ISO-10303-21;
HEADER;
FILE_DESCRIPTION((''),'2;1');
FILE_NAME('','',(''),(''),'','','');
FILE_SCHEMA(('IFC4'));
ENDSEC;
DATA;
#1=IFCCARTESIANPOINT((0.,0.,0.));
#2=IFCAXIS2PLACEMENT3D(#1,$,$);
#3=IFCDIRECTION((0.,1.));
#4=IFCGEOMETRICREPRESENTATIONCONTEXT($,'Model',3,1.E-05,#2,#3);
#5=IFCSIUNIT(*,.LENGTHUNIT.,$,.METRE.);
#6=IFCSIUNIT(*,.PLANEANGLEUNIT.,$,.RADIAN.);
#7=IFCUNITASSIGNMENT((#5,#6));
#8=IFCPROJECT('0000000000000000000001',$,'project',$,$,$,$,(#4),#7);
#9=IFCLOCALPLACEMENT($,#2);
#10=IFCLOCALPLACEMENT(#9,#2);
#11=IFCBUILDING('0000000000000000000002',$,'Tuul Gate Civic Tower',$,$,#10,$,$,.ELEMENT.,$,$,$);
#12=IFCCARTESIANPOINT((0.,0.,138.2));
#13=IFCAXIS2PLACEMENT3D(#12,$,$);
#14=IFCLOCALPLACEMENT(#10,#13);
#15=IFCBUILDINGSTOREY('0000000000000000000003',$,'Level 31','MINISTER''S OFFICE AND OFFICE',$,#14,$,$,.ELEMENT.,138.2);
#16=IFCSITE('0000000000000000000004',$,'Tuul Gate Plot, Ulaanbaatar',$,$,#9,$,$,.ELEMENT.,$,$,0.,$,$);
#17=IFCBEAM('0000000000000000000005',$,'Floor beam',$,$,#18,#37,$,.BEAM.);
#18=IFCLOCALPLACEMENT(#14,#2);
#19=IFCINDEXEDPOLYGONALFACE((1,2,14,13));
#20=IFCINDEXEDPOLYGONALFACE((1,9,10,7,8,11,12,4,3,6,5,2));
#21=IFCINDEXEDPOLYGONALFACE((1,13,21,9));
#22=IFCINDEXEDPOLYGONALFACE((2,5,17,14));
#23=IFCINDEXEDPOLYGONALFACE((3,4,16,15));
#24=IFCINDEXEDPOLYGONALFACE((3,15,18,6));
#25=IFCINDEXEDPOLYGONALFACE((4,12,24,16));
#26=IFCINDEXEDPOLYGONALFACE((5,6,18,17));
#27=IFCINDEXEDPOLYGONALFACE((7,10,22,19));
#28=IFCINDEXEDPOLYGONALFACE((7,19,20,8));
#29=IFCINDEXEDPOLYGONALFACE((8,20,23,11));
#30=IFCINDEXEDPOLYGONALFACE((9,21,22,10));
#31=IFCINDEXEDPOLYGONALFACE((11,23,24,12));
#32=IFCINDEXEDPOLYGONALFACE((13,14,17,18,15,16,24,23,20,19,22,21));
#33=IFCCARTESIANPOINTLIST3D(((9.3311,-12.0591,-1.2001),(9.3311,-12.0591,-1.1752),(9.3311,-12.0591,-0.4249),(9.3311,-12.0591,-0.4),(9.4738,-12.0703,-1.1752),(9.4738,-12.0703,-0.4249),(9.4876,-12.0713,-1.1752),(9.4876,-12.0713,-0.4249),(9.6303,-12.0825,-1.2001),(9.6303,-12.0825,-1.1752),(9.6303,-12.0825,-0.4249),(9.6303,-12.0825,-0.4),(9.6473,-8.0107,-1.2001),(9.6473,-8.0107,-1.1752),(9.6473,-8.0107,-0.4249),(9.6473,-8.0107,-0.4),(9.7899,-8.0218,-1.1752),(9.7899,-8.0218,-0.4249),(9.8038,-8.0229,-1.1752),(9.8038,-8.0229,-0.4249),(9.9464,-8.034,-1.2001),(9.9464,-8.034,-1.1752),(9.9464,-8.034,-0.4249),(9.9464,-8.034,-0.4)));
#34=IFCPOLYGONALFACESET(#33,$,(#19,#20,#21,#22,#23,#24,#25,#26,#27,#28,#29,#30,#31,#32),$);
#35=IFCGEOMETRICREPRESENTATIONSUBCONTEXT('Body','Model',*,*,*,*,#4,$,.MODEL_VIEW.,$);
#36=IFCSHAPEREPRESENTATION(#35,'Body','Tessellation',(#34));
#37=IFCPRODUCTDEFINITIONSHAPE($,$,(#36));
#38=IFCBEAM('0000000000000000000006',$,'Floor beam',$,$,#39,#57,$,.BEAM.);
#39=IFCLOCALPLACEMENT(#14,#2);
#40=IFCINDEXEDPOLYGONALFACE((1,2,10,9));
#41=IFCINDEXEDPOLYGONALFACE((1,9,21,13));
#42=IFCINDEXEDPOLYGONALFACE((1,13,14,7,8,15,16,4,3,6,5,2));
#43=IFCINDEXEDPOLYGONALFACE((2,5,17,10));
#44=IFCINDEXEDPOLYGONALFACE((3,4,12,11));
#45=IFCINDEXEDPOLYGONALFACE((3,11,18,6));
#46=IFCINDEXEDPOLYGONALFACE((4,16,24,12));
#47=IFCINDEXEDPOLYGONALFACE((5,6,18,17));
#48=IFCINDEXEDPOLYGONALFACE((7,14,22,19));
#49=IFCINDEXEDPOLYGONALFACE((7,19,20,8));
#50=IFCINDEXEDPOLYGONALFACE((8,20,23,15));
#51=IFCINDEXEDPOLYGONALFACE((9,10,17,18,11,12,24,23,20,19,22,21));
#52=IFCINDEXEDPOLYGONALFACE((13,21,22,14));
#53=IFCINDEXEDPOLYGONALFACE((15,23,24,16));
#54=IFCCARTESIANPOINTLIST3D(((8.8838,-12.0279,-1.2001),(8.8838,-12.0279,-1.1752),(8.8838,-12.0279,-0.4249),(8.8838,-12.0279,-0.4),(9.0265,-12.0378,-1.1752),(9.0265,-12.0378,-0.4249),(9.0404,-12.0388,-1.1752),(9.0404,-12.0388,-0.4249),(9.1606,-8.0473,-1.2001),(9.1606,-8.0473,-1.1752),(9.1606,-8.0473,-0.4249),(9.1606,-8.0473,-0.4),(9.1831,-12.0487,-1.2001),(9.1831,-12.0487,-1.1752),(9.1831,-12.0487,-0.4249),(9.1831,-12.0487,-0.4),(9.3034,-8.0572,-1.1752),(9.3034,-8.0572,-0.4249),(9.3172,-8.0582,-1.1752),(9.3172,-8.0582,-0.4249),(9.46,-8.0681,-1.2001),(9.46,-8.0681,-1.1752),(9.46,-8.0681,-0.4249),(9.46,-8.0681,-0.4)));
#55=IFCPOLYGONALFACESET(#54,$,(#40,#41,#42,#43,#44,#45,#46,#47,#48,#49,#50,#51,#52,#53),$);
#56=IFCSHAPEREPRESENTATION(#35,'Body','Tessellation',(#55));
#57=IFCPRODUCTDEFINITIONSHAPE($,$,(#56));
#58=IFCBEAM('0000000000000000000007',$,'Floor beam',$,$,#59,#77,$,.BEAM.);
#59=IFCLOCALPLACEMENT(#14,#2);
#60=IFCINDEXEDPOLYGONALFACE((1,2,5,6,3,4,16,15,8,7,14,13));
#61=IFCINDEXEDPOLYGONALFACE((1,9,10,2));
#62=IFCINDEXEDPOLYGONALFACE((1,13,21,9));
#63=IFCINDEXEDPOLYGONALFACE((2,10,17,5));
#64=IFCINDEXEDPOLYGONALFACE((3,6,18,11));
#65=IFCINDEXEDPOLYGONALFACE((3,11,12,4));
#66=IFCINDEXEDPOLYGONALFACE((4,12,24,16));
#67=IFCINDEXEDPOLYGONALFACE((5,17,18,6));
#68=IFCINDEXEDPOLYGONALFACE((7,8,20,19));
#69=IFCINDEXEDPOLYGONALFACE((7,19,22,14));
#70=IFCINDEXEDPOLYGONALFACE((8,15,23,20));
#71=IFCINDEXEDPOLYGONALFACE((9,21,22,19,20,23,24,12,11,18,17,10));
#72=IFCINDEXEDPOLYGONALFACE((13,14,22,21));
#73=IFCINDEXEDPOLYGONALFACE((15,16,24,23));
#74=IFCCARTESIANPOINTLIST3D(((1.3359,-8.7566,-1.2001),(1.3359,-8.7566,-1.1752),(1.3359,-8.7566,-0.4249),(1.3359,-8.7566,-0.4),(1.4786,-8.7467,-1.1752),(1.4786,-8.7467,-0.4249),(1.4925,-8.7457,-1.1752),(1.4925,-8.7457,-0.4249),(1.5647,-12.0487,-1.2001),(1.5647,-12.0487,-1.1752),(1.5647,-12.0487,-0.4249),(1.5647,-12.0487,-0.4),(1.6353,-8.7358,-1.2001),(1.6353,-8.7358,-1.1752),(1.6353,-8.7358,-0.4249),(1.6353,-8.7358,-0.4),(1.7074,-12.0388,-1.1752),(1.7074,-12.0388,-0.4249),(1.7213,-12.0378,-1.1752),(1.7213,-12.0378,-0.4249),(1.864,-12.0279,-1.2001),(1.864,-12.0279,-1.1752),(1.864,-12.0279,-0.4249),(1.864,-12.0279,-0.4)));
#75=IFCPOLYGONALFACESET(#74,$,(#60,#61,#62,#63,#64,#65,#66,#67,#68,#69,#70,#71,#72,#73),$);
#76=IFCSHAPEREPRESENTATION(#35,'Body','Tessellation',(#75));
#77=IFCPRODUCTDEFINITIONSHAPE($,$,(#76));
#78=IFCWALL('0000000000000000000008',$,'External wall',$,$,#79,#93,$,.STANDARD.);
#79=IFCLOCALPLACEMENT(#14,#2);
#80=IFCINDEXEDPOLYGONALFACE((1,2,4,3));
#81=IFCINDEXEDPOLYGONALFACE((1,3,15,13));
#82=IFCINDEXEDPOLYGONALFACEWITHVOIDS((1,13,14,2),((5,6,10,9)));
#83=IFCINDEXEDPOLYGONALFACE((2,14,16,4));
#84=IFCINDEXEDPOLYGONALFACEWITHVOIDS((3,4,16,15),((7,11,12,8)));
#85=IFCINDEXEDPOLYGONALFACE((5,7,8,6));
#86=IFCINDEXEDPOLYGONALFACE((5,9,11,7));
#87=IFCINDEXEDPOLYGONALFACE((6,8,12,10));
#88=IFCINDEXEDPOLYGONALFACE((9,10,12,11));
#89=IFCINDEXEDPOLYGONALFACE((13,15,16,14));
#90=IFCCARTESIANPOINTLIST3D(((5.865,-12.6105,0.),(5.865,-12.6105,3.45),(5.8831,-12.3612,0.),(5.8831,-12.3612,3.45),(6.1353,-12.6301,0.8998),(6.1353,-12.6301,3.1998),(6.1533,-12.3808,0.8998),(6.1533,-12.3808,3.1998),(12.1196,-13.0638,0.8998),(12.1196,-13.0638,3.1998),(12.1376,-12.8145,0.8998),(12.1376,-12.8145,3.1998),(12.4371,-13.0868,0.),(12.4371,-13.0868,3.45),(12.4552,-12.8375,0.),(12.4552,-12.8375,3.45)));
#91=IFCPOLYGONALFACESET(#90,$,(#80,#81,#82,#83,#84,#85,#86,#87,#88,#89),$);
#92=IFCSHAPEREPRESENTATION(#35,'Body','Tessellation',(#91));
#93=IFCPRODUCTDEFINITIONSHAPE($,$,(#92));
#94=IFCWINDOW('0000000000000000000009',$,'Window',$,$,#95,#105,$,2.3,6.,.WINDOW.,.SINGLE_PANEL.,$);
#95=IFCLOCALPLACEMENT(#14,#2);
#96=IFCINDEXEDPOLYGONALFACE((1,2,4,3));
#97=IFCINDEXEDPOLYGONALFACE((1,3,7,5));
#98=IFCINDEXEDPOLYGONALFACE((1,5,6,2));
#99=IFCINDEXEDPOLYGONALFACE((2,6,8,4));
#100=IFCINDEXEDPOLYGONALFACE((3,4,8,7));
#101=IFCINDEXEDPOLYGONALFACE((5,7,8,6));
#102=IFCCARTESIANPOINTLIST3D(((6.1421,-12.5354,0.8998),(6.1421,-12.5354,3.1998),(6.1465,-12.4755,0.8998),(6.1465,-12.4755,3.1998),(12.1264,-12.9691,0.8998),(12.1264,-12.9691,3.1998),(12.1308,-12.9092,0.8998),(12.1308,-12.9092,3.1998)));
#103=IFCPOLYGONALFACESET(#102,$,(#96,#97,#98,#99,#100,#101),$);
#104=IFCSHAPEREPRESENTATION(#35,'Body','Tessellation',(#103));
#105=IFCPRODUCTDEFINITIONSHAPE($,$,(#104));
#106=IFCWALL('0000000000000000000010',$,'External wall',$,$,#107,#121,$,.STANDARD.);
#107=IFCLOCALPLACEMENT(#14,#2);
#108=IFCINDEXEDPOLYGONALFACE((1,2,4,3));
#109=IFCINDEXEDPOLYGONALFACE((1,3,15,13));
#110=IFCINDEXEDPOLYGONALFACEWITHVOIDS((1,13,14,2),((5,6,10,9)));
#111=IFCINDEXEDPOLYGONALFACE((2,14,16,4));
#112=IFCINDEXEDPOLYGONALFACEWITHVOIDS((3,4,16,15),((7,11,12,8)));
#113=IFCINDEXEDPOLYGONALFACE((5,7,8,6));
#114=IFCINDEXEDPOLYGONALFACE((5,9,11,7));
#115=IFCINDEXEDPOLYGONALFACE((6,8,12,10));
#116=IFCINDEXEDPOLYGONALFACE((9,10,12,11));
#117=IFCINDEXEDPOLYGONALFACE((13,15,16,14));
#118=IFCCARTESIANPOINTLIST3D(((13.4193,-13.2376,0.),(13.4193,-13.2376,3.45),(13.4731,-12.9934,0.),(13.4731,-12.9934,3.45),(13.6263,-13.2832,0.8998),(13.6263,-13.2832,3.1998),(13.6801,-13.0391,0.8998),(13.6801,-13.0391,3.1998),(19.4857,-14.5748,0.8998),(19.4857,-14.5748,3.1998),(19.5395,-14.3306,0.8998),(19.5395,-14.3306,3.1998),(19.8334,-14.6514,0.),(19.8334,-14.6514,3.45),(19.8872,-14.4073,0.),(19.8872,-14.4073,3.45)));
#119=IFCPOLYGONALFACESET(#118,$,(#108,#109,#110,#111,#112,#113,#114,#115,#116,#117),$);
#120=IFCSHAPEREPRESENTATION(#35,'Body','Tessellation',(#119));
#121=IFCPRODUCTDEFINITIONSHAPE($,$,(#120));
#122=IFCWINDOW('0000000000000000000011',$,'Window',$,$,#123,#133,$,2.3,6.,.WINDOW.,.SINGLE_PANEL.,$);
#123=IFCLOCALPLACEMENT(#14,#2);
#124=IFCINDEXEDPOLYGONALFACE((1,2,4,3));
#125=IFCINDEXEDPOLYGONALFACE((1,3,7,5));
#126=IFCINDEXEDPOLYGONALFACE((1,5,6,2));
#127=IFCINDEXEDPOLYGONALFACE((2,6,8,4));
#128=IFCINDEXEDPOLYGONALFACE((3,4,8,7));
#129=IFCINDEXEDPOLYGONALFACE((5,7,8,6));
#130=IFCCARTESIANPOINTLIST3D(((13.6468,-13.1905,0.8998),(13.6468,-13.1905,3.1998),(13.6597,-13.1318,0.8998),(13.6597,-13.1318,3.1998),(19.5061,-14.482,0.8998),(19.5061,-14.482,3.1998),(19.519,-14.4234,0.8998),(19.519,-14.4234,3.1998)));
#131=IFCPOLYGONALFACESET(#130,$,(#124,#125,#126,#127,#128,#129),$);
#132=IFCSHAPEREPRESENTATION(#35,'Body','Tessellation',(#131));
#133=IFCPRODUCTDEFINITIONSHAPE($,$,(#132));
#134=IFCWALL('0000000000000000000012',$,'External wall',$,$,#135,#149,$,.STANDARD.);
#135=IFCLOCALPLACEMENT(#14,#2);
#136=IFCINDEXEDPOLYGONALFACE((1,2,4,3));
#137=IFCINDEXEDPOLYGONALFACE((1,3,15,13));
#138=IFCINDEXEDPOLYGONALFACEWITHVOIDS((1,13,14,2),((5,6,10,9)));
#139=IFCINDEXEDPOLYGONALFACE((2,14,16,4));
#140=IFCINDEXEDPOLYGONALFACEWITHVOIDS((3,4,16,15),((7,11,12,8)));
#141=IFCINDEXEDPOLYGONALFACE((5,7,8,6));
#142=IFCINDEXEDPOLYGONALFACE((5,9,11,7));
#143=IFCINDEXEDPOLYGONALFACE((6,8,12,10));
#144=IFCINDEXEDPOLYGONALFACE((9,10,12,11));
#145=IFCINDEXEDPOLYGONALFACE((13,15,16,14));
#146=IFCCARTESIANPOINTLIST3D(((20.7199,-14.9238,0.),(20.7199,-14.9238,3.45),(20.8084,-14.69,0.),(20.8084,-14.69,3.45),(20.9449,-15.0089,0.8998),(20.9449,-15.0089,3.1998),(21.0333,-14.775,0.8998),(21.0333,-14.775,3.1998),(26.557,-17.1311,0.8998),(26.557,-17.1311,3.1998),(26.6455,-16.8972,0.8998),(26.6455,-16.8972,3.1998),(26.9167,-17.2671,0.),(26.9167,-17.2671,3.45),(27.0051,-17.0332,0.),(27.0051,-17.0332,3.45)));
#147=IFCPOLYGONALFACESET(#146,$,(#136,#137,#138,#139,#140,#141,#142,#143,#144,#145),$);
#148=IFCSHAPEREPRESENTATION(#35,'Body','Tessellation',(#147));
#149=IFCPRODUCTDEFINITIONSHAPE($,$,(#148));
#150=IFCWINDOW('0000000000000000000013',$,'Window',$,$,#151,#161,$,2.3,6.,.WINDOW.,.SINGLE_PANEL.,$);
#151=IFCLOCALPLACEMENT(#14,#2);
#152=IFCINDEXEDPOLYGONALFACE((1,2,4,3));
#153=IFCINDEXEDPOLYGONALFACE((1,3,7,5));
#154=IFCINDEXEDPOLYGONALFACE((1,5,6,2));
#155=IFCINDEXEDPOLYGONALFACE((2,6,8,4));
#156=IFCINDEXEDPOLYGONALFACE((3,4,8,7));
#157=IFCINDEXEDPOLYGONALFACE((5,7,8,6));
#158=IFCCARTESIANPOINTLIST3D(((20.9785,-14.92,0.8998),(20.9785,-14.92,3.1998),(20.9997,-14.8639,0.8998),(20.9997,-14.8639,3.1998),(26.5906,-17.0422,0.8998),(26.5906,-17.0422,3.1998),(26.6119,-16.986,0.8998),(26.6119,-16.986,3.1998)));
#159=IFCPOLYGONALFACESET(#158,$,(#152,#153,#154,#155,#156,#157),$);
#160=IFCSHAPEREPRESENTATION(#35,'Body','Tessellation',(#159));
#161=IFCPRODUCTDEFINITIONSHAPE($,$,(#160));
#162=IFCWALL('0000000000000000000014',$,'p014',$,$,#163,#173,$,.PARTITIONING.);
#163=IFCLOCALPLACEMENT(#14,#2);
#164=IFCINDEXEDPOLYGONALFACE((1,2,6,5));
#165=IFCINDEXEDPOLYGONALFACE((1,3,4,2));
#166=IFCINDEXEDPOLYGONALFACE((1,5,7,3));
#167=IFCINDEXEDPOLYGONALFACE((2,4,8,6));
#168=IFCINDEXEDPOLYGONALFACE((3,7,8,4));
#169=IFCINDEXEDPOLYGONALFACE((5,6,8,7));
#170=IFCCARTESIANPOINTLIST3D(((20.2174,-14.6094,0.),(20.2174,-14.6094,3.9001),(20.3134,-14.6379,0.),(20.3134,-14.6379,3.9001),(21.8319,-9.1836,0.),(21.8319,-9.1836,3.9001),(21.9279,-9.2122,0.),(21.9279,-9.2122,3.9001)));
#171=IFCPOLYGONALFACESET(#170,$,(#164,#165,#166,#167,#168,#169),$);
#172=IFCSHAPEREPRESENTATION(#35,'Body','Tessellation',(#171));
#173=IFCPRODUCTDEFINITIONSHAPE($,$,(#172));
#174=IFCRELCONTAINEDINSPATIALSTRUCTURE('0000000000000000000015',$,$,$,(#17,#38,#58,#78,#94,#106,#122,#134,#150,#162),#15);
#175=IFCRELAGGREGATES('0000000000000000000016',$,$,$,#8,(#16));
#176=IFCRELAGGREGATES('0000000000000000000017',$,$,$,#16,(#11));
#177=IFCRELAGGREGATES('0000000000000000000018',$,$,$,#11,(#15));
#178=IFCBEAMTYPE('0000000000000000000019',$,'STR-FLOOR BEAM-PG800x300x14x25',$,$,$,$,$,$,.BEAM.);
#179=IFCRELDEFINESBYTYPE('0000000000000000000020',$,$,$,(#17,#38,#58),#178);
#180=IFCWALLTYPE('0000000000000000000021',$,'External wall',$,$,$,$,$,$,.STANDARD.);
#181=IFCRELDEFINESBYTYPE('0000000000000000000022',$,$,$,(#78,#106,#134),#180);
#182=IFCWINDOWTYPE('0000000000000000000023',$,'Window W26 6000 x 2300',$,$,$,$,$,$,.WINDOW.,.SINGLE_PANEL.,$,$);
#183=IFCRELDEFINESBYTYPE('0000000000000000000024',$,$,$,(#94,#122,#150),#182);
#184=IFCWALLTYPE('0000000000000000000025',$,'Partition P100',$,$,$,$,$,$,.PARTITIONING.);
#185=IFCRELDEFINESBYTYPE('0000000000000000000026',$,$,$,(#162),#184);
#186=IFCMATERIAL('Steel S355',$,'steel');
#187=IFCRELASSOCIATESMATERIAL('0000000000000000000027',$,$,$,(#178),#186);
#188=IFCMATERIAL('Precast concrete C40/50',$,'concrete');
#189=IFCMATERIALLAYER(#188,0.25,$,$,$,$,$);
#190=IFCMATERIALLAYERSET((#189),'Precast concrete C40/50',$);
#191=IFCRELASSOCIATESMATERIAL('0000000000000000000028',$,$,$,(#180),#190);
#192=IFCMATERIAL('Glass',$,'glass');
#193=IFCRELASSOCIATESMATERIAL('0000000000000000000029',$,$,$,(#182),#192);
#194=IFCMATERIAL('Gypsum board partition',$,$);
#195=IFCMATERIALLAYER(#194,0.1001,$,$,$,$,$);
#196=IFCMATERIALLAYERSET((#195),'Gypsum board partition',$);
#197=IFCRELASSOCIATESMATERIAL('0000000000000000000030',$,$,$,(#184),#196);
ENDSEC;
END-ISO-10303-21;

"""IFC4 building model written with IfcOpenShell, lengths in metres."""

from ifc_helpers import new_model, si_unit, direction, frame, frame_2d, origin, origin_2d, place, context, subcontext, project, spatial, rectangle, i_section, extrude, material, layer, layer_set, material_profile, profile_set, type_object, element, fill, save


model = new_model("IFC4")

# Units and contexts
model_context = context("Model", 3, precision=1e-05, world=origin(), true_north=direction((0.0, 1.0)))
body_context = subcontext(model_context, "Body", "Model", "MODEL_VIEW")
ifc_project = project(units=[si_unit("LENGTHUNIT", "METRE"), si_unit("PLANEANGLEUNIT", "RADIAN")], contexts=[model_context])

# Site, building, storey
site_placement = place(None, origin())
site = spatial("IfcSite", under=ifc_project, at=site_placement, Name="Tuul Gate Plot, Ulaanbaatar", CompositionType="ELEMENT", RefElevation=0.0)
building_placement = place(site_placement, origin())
building = spatial("IfcBuilding", under=site, at=building_placement, Name="Tuul Gate Civic Tower", CompositionType="ELEMENT")
storey_placement = place(building_placement, frame((0.0, 0.0, 138.2)))
storey = spatial("IfcBuildingStorey", under=building, at=storey_placement, Name="Level 31", Description="MINISTER'S OFFICE AND OFFICE", CompositionType="ELEMENT", Elevation=138.2)

# Beams
ifc_material_1 = material(Name="Steel S355", Category="steel")
ifc_material_profile_1 = material_profile(ifc_material_1, i_section(OverallWidth=0.3, OverallDepth=0.8, WebThickness=0.0139, FlangeThickness=0.0249, at=origin_2d()), Name="PG800x300x14x25")
ifc_profile_set_1 = profile_set([ifc_material_profile_1], Name="Steel S355")
beam_type_1 = type_object("IfcBeamType", Name="STR-FLOOR BEAM-PG800x300x14x25", PredefinedType="BEAM", material=ifc_profile_set_1)
beam_1_placement = place(storey_placement, frame((9.4807, -12.0708, -0.8), z_axis=(0.077855, 0.996965, 0.0), x_axis=(-0.996965, 0.077855, 0.0)))
element("IfcBeam", 1, at=beam_1_placement, inside=storey, type_object=beam_type_1, Name="Floor beam", PredefinedType="BEAM", context=body_context, shape_type="SweptSolid", body=[
    extrude(i_section(OverallWidth=0.3, OverallDepth=0.8, WebThickness=0.0139, FlangeThickness=0.0249, at=origin_2d()), origin(), (0.0, 0.0, 1.0), 4.0608),
])
beam_2_placement = place(storey_placement, frame((9.0334, -12.0383, -0.8), z_axis=(0.069382, 0.99759, 0.0), x_axis=(-0.99759, 0.069382, 0.0)))
element("IfcBeam", 2, at=beam_2_placement, inside=storey, type_object=beam_type_1, Name="Floor beam", PredefinedType="BEAM", context=body_context, shape_type="SweptSolid", body=[
    extrude(i_section(OverallWidth=0.3, OverallDepth=0.8, WebThickness=0.0139, FlangeThickness=0.0249, at=origin_2d()), origin(), (0.0, 0.0, 1.0), 3.9902),
])
beam_3_placement = place(storey_placement, frame((1.7144, -12.0383, -0.8), z_axis=(-0.069323, 0.997594, 0.0), x_axis=(-0.997594, -0.069323, 0.0)))
element("IfcBeam", 3, at=beam_3_placement, inside=storey, type_object=beam_type_1, Name="Floor beam", PredefinedType="BEAM", context=body_context, shape_type="SweptSolid", body=[
    extrude(i_section(OverallWidth=0.3, OverallDepth=0.8, WebThickness=0.0139, FlangeThickness=0.0249, at=origin_2d()), origin(), (0.0, 0.0, 1.0), 3.3),
])

# Walls, openings, windows
ifc_material_2 = material(Name="Precast concrete C40/50", Category="concrete")
ifc_layer_1 = layer(ifc_material_2, 0.25)
ifc_layer_set_1 = layer_set([ifc_layer_1], Name="Precast concrete C40/50")
wall_type_1 = type_object("IfcWallType", Name="External wall", PredefinedType="STANDARD", material=ifc_layer_set_1)
wall_1_placement = place(storey_placement, frame((5.874, -12.4858, 0.0), z_axis=(0.0, 0.0, 1.0), x_axis=(0.997384, -0.072287, 0.0)))
wall_1 = element("IfcWall", 4, at=wall_1_placement, inside=storey, type_object=wall_type_1, Name="External wall", PredefinedType="STANDARD", context=body_context, shape_type="SweptSolid", body=[
    extrude(rectangle(XDim=6.5894, YDim=0.25, at=frame_2d((3.2947, 0.0))), origin(), (0.0, 0.0, 1.0), 3.45),
])
opening_1_placement = place(wall_1_placement, frame((0.271, 0.0, 0.8999)))
opening_1 = element("IfcOpeningElement", 5, at=opening_1_placement, cuts=wall_1, PredefinedType="OPENING", context=body_context, shape_type="SweptSolid", body=[
    extrude(rectangle(XDim=6.0, YDim=2.3, at=frame_2d((3.0, 1.1499))), frame((0.0, 0.135, 0.0), z_axis=(0.0, -1.0, 0.0), x_axis=(1.0, 0.0, 0.0)), (0.0, 0.0, 1.0), 0.27),
])
ifc_material_3 = material(Name="Glass", Category="glass")
window_type = type_object("IfcWindowType", Name="Window W26 6000 x 2300", PartitioningType="SINGLE_PANEL", PredefinedType="WINDOW", material=ifc_material_3)
window_1_placement = place(opening_1_placement, origin())
window_1 = element("IfcWindow", 6, at=window_1_placement, inside=storey, type_object=window_type, Name="Window", OverallHeight=2.3, OverallWidth=6.0, PartitioningType="SINGLE_PANEL", PredefinedType="WINDOW", context=body_context, shape_type="SweptSolid", body=[
    extrude(rectangle(XDim=6.0, YDim=2.3, at=frame_2d((3.0, 1.1499))), frame((0.0, 0.03, 0.0), z_axis=(0.0, -1.0, 0.0), x_axis=(1.0, 0.0, 0.0)), (0.0, 0.0, 1.0), 0.0601),
])
fill(opening_1, window_1)
wall_2_placement = place(storey_placement, frame((13.446, -13.1155, 0.0), z_axis=(0.0, 0.0, 1.0), x_axis=(0.976557, -0.215257, 0.0)))
wall_2 = element("IfcWall", 7, at=wall_2_placement, inside=storey, type_object=wall_type_1, Name="External wall", PredefinedType="STANDARD", context=body_context, shape_type="SweptSolid", body=[
    extrude(rectangle(XDim=6.5681, YDim=0.25, at=frame_2d((3.2842, 0.0))), origin(), (0.0, 0.0, 1.0), 3.45),
])
opening_2_placement = place(wall_2_placement, frame((0.2122, 0.0, 0.8999)))
opening_2 = element("IfcOpeningElement", 8, at=opening_2_placement, cuts=wall_2, PredefinedType="OPENING", context=body_context, shape_type="SweptSolid", body=[
    extrude(rectangle(XDim=6.0, YDim=2.3, at=frame_2d((3.0, 1.1499))), frame((0.0, 0.135, 0.0), z_axis=(0.0, -1.0, 0.0), x_axis=(1.0, 0.0, 0.0)), (0.0, 0.0, 1.0), 0.27),
])
window_2_placement = place(opening_2_placement, origin())
window_2 = element("IfcWindow", 9, at=window_2_placement, inside=storey, type_object=window_type, Name="Window", OverallHeight=2.3, OverallWidth=6.0, PartitioningType="SINGLE_PANEL", PredefinedType="WINDOW", context=body_context, shape_type="SweptSolid", body=[
    extrude(rectangle(XDim=6.0, YDim=2.3, at=frame_2d((3.0, 1.1499))), frame((0.0, 0.03, 0.0), z_axis=(0.0, -1.0, 0.0), x_axis=(1.0, 0.0, 0.0)), (0.0, 0.0, 1.0), 0.0601),
])
fill(opening_2, window_2)
wall_3_placement = place(storey_placement, frame((20.7642, -14.8069, 0.0), z_axis=(0.0, 0.0, 1.0), x_axis=(0.935359, -0.353699, 0.0)))
wall_3 = element("IfcWall", 10, at=wall_3_placement, inside=storey, type_object=wall_type_1, Name="External wall", PredefinedType="STANDARD", context=body_context, shape_type="SweptSolid", body=[
    extrude(rectangle(XDim=6.625, YDim=0.25, at=frame_2d((3.3125, 0.0))), origin(), (0.0, 0.0, 1.0), 3.45),
])
opening_3_placement = place(wall_3_placement, frame((0.2405, 0.0, 0.8999)))
opening_3 = element("IfcOpeningElement", 11, at=opening_3_placement, cuts=wall_3, PredefinedType="OPENING", context=body_context, shape_type="SweptSolid", body=[
    extrude(rectangle(XDim=6.0, YDim=2.3, at=frame_2d((3.0, 1.1499))), frame((0.0, 0.135, 0.0), z_axis=(0.0, -1.0, 0.0), x_axis=(1.0, 0.0, 0.0)), (0.0, 0.0, 1.0), 0.27),
])
window_3_placement = place(opening_3_placement, origin())
window_3 = element("IfcWindow", 12, at=window_3_placement, inside=storey, type_object=window_type, Name="Window", OverallHeight=2.3, OverallWidth=6.0, PartitioningType="SINGLE_PANEL", PredefinedType="WINDOW", context=body_context, shape_type="SweptSolid", body=[
    extrude(rectangle(XDim=6.0, YDim=2.3, at=frame_2d((3.0, 1.1499))), frame((0.0, 0.03, 0.0), z_axis=(0.0, -1.0, 0.0), x_axis=(1.0, 0.0, 0.0)), (0.0, 0.0, 1.0), 0.0601),
])
fill(opening_3, window_3)

# Wall
ifc_material_4 = material(Name="Gypsum board partition")
ifc_layer_2 = layer(ifc_material_4, 0.1001)
ifc_layer_set_2 = layer_set([ifc_layer_2], Name="Gypsum board partition")
wall_type_2 = type_object("IfcWallType", Name="Partition P100", PredefinedType="PARTITIONING", material=ifc_layer_set_2)
wall_4_placement = place(storey_placement, frame((20.2654, -14.6238, 0.0), z_axis=(0.0, 0.0, 1.0), x_axis=(0.285203, 0.958467, 0.0)))
element("IfcWall", 13, at=wall_4_placement, inside=storey, type_object=wall_type_2, Name="p014", PredefinedType="PARTITIONING", context=body_context, shape_type="SweptSolid", body=[
    extrude(rectangle(XDim=5.6609, YDim=0.1001, at=frame_2d((2.8306, 0.0))), origin(), (0.0, 0.0, 1.0), 3.9001),
])

save(model, "model.ifc")
